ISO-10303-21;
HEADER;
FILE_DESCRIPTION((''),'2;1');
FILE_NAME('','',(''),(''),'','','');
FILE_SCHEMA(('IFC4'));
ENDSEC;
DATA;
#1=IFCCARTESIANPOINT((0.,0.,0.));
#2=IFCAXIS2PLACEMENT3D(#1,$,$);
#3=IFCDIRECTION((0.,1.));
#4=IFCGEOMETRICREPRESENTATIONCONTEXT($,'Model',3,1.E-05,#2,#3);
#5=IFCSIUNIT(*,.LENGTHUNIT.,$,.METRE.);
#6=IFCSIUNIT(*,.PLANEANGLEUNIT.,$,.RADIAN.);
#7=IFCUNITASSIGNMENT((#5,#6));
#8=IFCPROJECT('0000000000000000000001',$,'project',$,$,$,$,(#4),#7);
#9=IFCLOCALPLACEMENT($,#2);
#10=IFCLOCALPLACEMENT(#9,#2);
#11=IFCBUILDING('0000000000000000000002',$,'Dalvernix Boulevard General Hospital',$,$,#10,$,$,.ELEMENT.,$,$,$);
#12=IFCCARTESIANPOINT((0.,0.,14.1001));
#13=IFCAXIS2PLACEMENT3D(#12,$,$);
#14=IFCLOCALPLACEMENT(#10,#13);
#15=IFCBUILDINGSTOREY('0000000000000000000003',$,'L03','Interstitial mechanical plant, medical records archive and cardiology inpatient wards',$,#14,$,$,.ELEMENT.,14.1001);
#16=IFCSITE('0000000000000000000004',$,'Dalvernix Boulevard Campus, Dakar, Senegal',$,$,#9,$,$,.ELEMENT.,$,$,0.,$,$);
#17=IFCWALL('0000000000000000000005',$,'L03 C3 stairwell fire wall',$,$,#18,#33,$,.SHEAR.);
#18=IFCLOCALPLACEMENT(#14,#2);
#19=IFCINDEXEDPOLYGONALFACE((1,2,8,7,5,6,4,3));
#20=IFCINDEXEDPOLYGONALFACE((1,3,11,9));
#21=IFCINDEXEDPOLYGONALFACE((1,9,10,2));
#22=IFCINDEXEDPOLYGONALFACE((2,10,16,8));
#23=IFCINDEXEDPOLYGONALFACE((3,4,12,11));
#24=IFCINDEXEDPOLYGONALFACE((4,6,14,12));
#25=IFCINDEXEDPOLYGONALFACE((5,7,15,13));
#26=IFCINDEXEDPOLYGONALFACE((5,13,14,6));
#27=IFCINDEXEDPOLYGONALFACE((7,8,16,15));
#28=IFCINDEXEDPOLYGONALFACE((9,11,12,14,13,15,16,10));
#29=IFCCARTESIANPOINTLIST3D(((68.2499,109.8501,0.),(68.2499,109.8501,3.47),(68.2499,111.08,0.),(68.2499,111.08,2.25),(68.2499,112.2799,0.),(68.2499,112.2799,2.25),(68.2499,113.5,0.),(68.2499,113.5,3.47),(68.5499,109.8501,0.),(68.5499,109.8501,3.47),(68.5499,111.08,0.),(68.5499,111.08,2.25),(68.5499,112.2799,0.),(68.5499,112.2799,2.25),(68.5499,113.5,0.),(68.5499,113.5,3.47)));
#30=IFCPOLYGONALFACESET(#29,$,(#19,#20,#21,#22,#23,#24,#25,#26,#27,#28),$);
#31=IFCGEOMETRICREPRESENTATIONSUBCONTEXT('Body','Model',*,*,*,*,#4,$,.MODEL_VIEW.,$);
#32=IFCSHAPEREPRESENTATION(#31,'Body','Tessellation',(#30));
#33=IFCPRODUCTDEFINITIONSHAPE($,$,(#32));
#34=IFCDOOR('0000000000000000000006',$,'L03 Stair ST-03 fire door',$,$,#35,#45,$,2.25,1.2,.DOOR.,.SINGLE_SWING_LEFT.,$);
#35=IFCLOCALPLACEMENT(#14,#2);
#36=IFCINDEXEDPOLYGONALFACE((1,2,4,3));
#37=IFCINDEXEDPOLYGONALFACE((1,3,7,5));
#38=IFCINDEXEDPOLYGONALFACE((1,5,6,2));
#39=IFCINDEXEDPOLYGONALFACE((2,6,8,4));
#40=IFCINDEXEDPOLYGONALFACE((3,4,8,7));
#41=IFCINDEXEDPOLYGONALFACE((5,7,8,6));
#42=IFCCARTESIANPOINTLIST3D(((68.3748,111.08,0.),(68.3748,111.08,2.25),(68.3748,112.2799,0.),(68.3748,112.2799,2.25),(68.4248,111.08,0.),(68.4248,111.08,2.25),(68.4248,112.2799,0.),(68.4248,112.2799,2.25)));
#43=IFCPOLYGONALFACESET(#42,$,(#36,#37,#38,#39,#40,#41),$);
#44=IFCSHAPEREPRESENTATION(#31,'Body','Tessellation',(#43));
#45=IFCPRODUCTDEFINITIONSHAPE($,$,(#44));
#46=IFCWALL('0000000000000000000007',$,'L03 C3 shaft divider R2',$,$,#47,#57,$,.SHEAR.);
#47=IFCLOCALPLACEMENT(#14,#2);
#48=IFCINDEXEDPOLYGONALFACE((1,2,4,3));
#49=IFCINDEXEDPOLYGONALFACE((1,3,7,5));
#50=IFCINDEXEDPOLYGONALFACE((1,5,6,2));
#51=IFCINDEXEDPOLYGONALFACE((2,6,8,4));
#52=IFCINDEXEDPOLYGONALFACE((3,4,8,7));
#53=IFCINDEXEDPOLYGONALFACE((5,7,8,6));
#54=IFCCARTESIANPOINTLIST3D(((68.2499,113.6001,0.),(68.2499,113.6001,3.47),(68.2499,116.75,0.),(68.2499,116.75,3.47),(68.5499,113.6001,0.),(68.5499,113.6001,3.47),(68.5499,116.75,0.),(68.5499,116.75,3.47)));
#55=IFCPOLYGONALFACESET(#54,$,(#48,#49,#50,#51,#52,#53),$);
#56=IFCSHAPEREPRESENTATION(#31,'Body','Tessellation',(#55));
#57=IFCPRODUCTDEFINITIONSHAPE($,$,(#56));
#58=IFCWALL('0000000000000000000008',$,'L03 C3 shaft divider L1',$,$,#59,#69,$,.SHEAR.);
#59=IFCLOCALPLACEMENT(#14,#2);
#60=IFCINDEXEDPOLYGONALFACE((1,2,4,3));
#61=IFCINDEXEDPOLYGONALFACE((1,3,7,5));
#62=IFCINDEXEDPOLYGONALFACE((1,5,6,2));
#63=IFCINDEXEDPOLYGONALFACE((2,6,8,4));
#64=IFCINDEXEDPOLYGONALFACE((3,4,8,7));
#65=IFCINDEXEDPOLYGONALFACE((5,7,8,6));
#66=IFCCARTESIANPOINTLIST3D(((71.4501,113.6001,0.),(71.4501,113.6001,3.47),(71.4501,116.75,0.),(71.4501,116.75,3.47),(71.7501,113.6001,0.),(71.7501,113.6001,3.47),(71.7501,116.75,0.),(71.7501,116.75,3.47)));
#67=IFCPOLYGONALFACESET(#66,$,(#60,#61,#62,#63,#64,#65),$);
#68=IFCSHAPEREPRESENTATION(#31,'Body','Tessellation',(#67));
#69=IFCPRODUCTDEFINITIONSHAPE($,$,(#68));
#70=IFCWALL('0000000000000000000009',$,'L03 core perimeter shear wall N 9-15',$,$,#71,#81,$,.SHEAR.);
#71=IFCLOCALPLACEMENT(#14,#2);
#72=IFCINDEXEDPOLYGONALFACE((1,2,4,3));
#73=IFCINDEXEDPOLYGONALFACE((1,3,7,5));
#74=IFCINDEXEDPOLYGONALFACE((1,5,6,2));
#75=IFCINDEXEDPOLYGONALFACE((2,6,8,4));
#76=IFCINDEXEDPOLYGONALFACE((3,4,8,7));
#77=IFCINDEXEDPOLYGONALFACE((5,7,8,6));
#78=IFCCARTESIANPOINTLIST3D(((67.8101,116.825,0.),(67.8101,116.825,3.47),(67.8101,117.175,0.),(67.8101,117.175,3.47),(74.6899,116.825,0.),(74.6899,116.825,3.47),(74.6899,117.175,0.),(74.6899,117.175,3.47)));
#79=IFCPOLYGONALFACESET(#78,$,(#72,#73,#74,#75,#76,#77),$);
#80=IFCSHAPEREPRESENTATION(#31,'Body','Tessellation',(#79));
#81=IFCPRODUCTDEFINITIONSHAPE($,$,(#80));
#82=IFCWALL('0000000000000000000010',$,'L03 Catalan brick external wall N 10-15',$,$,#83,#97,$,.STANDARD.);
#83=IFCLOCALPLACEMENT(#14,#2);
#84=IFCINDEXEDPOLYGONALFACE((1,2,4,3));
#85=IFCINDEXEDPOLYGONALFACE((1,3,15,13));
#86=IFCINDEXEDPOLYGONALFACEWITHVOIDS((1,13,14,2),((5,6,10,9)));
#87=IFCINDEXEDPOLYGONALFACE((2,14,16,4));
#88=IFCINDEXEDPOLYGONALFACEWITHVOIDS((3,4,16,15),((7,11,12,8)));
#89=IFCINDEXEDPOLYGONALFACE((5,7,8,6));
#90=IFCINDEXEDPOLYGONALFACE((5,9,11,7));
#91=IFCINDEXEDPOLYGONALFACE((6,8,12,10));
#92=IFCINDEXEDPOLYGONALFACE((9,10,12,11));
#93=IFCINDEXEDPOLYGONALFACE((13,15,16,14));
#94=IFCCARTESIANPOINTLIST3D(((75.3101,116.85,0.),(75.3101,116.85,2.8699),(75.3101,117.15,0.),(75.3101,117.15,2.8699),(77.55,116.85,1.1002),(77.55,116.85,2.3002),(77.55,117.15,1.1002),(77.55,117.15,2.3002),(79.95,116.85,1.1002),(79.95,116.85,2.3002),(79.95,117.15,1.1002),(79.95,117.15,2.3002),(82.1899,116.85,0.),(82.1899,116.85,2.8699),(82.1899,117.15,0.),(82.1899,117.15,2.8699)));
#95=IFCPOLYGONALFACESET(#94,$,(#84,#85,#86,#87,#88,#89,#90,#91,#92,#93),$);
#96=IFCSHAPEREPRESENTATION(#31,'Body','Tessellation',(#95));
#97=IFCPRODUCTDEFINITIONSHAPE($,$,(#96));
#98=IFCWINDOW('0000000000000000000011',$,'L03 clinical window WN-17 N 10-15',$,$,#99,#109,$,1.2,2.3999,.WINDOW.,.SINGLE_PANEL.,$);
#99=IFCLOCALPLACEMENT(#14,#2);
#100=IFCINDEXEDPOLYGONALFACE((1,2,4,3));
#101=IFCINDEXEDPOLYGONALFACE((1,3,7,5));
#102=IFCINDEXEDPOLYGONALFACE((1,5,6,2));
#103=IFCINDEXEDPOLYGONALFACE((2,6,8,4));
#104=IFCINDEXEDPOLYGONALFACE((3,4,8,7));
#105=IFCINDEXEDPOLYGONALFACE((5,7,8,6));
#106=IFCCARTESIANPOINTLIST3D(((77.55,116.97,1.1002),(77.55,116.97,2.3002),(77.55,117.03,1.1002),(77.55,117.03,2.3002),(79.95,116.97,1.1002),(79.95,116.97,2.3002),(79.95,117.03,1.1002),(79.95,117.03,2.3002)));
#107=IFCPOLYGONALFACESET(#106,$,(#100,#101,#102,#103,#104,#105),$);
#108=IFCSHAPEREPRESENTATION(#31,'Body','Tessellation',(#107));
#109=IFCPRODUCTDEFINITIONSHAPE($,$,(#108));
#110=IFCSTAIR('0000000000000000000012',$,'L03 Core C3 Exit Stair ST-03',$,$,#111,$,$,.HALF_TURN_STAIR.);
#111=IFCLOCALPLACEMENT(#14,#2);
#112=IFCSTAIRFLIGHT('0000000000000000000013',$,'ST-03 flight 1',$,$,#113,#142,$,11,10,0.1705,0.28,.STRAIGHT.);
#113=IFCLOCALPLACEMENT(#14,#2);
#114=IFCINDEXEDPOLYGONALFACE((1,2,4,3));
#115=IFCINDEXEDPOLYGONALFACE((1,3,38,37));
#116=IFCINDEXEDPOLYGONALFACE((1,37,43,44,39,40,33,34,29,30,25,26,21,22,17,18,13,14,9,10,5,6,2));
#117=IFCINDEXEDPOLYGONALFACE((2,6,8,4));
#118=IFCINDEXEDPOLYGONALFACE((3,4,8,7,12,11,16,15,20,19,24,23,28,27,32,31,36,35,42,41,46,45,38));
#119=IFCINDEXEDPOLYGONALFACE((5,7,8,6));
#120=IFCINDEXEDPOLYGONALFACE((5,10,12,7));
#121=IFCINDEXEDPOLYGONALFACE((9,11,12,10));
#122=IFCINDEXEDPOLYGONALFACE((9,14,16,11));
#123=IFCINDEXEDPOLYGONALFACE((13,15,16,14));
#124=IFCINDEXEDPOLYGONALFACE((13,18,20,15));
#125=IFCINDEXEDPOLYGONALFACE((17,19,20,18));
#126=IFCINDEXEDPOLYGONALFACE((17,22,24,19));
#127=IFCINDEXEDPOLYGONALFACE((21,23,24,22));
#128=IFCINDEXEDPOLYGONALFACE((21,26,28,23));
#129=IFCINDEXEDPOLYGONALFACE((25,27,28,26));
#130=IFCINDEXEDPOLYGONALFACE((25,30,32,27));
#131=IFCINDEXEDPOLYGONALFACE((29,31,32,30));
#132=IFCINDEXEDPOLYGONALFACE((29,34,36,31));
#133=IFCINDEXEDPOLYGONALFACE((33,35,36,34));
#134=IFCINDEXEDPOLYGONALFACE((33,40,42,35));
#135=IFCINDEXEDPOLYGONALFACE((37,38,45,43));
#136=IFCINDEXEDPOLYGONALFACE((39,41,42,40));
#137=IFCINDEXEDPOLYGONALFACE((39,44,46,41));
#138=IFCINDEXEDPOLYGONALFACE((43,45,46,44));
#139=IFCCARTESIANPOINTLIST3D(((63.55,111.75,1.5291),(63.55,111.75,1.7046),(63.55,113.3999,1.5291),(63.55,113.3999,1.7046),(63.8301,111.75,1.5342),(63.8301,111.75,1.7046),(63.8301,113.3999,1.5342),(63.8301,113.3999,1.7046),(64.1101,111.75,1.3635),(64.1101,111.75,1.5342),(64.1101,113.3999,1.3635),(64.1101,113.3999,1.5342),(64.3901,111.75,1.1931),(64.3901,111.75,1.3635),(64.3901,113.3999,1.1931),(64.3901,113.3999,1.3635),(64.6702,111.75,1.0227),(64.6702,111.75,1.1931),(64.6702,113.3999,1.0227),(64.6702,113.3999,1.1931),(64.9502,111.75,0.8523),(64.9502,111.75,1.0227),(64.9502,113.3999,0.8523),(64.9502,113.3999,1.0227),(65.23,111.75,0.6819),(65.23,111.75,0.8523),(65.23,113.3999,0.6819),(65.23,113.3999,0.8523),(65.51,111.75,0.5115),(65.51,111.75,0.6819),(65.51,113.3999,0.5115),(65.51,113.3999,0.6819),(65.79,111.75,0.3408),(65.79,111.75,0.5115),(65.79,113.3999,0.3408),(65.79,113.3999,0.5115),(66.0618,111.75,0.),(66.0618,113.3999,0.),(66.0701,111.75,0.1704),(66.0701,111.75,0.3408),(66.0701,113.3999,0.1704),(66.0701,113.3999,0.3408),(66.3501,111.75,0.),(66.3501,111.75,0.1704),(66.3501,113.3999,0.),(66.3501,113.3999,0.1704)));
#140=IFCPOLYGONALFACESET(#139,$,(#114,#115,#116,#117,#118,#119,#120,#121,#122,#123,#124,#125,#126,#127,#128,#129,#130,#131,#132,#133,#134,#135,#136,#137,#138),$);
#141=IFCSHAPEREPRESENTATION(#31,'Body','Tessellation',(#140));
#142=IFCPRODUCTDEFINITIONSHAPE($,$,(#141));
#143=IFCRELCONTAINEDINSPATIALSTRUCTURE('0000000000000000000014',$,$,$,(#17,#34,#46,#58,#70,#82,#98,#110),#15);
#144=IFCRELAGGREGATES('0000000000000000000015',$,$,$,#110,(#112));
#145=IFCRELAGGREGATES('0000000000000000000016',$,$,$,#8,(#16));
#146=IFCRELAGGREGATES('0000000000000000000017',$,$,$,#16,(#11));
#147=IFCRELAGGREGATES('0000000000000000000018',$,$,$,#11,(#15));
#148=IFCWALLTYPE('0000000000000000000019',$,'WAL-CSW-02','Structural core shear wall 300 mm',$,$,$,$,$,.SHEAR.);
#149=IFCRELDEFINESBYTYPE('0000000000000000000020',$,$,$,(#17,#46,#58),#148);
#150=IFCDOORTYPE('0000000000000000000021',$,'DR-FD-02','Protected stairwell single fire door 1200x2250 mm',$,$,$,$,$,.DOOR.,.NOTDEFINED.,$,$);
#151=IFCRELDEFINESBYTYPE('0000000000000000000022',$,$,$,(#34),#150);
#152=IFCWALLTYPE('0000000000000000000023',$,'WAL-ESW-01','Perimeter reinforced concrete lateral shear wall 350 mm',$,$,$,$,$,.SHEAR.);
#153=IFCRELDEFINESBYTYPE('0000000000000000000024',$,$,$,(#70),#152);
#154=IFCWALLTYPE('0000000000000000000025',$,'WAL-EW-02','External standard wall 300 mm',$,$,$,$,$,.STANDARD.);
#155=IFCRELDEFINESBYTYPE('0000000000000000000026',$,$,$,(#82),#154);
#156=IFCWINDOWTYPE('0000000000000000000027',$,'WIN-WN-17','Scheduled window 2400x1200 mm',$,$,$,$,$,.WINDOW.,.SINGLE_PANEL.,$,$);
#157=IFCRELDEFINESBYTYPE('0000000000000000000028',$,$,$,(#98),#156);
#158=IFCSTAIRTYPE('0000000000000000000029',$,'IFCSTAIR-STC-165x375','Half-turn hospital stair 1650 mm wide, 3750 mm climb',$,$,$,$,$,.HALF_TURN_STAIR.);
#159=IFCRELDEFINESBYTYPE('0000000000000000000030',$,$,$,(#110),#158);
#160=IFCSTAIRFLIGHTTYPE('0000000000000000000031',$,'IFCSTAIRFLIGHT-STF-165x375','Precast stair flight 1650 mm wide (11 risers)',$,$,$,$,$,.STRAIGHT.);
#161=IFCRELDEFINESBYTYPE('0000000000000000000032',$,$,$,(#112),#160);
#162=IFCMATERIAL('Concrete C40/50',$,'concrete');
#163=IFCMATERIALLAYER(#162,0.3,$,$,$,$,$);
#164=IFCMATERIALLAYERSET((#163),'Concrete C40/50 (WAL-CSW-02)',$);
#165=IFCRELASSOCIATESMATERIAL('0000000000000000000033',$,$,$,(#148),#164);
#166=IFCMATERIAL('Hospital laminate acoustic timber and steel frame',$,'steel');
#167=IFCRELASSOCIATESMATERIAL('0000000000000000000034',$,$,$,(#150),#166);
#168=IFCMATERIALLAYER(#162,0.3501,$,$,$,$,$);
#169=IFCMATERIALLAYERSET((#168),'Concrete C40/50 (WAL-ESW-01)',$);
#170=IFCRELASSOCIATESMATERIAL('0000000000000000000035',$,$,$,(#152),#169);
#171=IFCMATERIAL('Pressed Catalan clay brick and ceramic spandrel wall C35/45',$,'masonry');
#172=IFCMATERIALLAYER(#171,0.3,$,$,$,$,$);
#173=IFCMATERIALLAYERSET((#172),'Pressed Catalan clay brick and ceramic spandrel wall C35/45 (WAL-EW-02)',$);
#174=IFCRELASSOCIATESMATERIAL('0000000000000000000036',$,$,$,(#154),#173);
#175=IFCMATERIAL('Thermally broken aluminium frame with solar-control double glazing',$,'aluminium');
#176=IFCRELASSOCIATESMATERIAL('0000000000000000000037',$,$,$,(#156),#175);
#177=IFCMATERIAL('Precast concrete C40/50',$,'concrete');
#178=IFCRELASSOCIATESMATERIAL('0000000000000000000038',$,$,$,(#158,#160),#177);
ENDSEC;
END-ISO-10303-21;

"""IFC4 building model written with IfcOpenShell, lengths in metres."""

from ifc_helpers import new_model, si_unit, direction, frame, frame_2d, origin, place, context, subcontext, project, spatial, polyline, rectangle, outline, extrude, material, layer, layer_set, type_object, element, fill, aggregate, save


model = new_model("IFC4")

# Units and contexts
model_context = context("Model", 3, precision=1e-05, world=origin(), true_north=direction((0.0, 1.0)))
body_context = subcontext(model_context, "Body", "Model", "MODEL_VIEW")
ifc_project = project(units=[si_unit("LENGTHUNIT", "METRE"), si_unit("PLANEANGLEUNIT", "RADIAN")], contexts=[model_context])

# Site, building, storey
site_placement = place(None, origin())
site = spatial("IfcSite", under=ifc_project, at=site_placement, Name="Dalvernix Boulevard Campus, Dakar, Senegal", CompositionType="ELEMENT", RefElevation=0.0)
building_placement = place(site_placement, origin())
building = spatial("IfcBuilding", under=site, at=building_placement, Name="Dalvernix Boulevard General Hospital", CompositionType="ELEMENT")
storey_placement = place(building_placement, frame((0.0, 0.0, 14.1001)))
storey = spatial("IfcBuildingStorey", under=building, at=storey_placement, Name="L03", Description="Interstitial mechanical plant, medical records archive and cardiology inpatient wards", CompositionType="ELEMENT", Elevation=14.1001)

# Shared definitions
ifc_material_1 = material(Name="Concrete C40/50", Category="concrete")

# Shared definitions
ifc_material_2 = material(Name="Precast concrete C40/50", Category="concrete")

# Shared definitions
ifc_layer_1 = layer(ifc_material_1, 0.3)
ifc_layer_set_1 = layer_set([ifc_layer_1], Name="Concrete C40/50 (WAL-CSW-02)")
wall_type_1 = type_object("IfcWallType", Name="WAL-CSW-02", Description="Structural core shear wall 300 mm", PredefinedType="SHEAR", material=ifc_layer_set_1)

# Wall, opening, door
wall_1_placement = place(storey_placement, frame((68.3999, 113.5, 0.0), z_axis=(0.0, 0.0, 1.0), x_axis=(0.0, -1.0, 0.0)))
wall_1 = element("IfcWall", 1, at=wall_1_placement, inside=storey, type_object=wall_type_1, Name="L03 C3 stairwell fire wall", PredefinedType="SHEAR", context=body_context, shape_type="SweptSolid", body=[
    extrude(rectangle(XDim=3.6499, YDim=0.3, at=frame_2d((1.825, 0.0))), origin(), (0.0, 0.0, 1.0), 3.47),
])
opening_1_placement = place(wall_1_placement, frame((1.22, 0.0, 0.0)))
opening_1 = element("IfcOpeningElement", 2, at=opening_1_placement, cuts=wall_1, PredefinedType="OPENING", context=body_context, shape_type="SweptSolid", body=[
    extrude(rectangle(XDim=1.2, YDim=2.25, at=frame_2d((0.6001, 1.125))), frame((0.0, 0.1599, 0.0), z_axis=(0.0, -1.0, 0.0), x_axis=(1.0, 0.0, 0.0)), (0.0, 0.0, 1.0), 0.3201),
])
ifc_material_3 = material(Name="Hospital laminate acoustic timber and steel frame", Category="steel")
door_type_1 = type_object("IfcDoorType", Name="DR-FD-02", Description="Protected stairwell single fire door 1200x2250 mm", OperationType="NOTDEFINED", PredefinedType="DOOR", material=ifc_material_3)
door_1_placement = place(opening_1_placement, origin())
door_1 = element("IfcDoor", 3, at=door_1_placement, inside=storey, type_object=door_type_1, Name="L03 Stair ST-03 fire door", OperationType="SINGLE_SWING_LEFT", OverallHeight=2.25, OverallWidth=1.2, PredefinedType="DOOR", context=body_context, shape_type="SweptSolid", body=[
    extrude(rectangle(XDim=1.2, YDim=2.25, at=frame_2d((0.6001, 1.125))), frame((0.0, 0.0249, 0.0), z_axis=(0.0, -1.0, 0.0), x_axis=(1.0, 0.0, 0.0)), (0.0, 0.0, 1.0), 0.05),
])
fill(opening_1, door_1)

# Walls
for number, where, z_axis, x_axis, name in (
    (4, (68.3999, 113.6001, 0.0), (0.0, 0.0, 1.0), (0.0, 1.0, 0.0), "L03 C3 shaft divider R2"),
    (5, (71.6001, 113.6001, 0.0), (0.0, 0.0, 1.0), (0.0, 1.0, 0.0), "L03 C3 shaft divider L1"),
):
    element("IfcWall", number, at=place(storey_placement, frame(where, z_axis=z_axis, x_axis=x_axis)), inside=storey, type_object=wall_type_1, Name=name, PredefinedType="SHEAR", context=body_context, shape_type="SweptSolid", body=[
        extrude(rectangle(XDim=3.1499, YDim=0.3, at=frame_2d((1.575, 0.0))), origin(), (0.0, 0.0, 1.0), 3.47),
    ])
ifc_layer_2 = layer(ifc_material_1, 0.3501)
ifc_layer_set_2 = layer_set([ifc_layer_2], Name="Concrete C40/50 (WAL-ESW-01)")
wall_type_2 = type_object("IfcWallType", Name="WAL-ESW-01", Description="Perimeter reinforced concrete lateral shear wall 350 mm", PredefinedType="SHEAR", material=ifc_layer_set_2)
wall_2_placement = place(storey_placement, frame((67.8101, 117.0, 0.0), z_axis=(0.0, 0.0, 1.0), x_axis=(1.0, 0.0, 0.0)))
element("IfcWall", 6, at=wall_2_placement, inside=storey, type_object=wall_type_2, Name="L03 core perimeter shear wall N 9-15", PredefinedType="SHEAR", context=body_context, shape_type="SweptSolid", body=[
    extrude(rectangle(XDim=6.8799, YDim=0.3501, at=frame_2d((3.4399, 0.0))), origin(), (0.0, 0.0, 1.0), 3.47),
])

# Wall, opening, window
ifc_material_4 = material(Name="Pressed Catalan clay brick and ceramic spandrel wall C35/45", Category="masonry")
ifc_layer_3 = layer(ifc_material_4, 0.3)
ifc_layer_set_3 = layer_set([ifc_layer_3], Name="Pressed Catalan clay brick and ceramic spandrel wall C35/45 (WAL-EW-02)")
wall_type_3 = type_object("IfcWallType", Name="WAL-EW-02", Description="External standard wall 300 mm", PredefinedType="STANDARD", material=ifc_layer_set_3)
wall_3_placement = place(storey_placement, frame((75.3101, 117.0, 0.0), z_axis=(0.0, 0.0, 1.0), x_axis=(1.0, 0.0, 0.0)))
wall_3 = element("IfcWall", 7, at=wall_3_placement, inside=storey, type_object=wall_type_3, Name="L03 Catalan brick external wall N 10-15", PredefinedType="STANDARD", context=body_context, shape_type="SweptSolid", body=[
    extrude(rectangle(XDim=6.8799, YDim=0.3, at=frame_2d((3.4399, 0.0))), origin(), (0.0, 0.0, 1.0), 2.8699),
])
opening_2_placement = place(wall_3_placement, frame((2.24, 0.0, 1.1001)))
opening_2 = element("IfcOpeningElement", 8, at=opening_2_placement, cuts=wall_3, PredefinedType="OPENING", context=body_context, shape_type="SweptSolid", body=[
    extrude(rectangle(XDim=2.3999, YDim=1.2, at=frame_2d((1.2, 0.6001))), frame((0.0, 0.1599, 0.0), z_axis=(0.0, -1.0, 0.0), x_axis=(1.0, 0.0, 0.0)), (0.0, 0.0, 1.0), 0.3201),
])
ifc_material_5 = material(Name="Thermally broken aluminium frame with solar-control double glazing", Category="aluminium")
window_type = type_object("IfcWindowType", Name="WIN-WN-17", Description="Scheduled window 2400x1200 mm", PartitioningType="SINGLE_PANEL", PredefinedType="WINDOW", material=ifc_material_5)
window_placement = place(opening_2_placement, origin())
window = element("IfcWindow", 9, at=window_placement, inside=storey, type_object=window_type, Name="L03 clinical window WN-17 N 10-15", OverallHeight=1.2, OverallWidth=2.3999, PartitioningType="SINGLE_PANEL", PredefinedType="WINDOW", context=body_context, shape_type="SweptSolid", body=[
    extrude(rectangle(XDim=2.3999, YDim=1.2, at=frame_2d((1.2, 0.6001))), frame((0.0, 0.03, 0.0), z_axis=(0.0, -1.0, 0.0), x_axis=(1.0, 0.0, 0.0)), (0.0, 0.0, 1.0), 0.0601),
])
fill(opening_2, window)

# Stair, stair flight
stair_type = type_object("IfcStairType", Name="IFCSTAIR-STC-165x375", Description="Half-turn hospital stair 1650 mm wide, 3750 mm climb", PredefinedType="HALF_TURN_STAIR", material=ifc_material_2)
stair_placement = place(storey_placement, origin())
stair = element("IfcStair", 10, at=stair_placement, inside=storey, type_object=stair_type, Name="L03 Core C3 Exit Stair ST-03", PredefinedType="HALF_TURN_STAIR")
stair_flight_type = type_object("IfcStairFlightType", Name="IFCSTAIRFLIGHT-STF-165x375", Description="Precast stair flight 1650 mm wide (11 risers)", PredefinedType="STRAIGHT", material=ifc_material_2)
stair_flight_placement = place(storey_placement, frame((66.3501, 112.575, 0.0), z_axis=(0.0, 0.0, 1.0), x_axis=(-1.0, 0.0, 0.0)))
stair_flight = element("IfcStairFlight", 11, at=stair_flight_placement, type_object=stair_flight_type, Name="ST-03 flight 1", NumberOfRisers=11, NumberOfTreads=10, PredefinedType="STRAIGHT", RiserHeight=0.1705, TreadLength=0.28, context=body_context, shape_type="SweptSolid", body=[
    extrude(outline(polyline([(0.0, 0.0), (0.0, 0.1704), (0.28, 0.1704), (0.28, 0.3408), (0.5601, 0.3408), (0.5601, 0.5115), (0.8401, 0.5115), (0.8401, 0.6819), (1.1201, 0.6819), (1.1201, 0.8523), (1.3999, 0.8523), (1.3999, 1.0227), (1.6799, 1.0227), (1.6799, 1.1931), (1.96, 1.1931), (1.96, 1.3635), (2.24, 1.3635), (2.24, 1.5342), (2.52, 1.5342), (2.52, 1.7046), (2.8, 1.7046), (2.8, 1.875), (2.8, 1.5291), (0.2883, 0.0), (0.0, 0.0)])), frame((0.0, 0.825, 0.0), z_axis=(0.0, -1.0, 0.0), x_axis=(1.0, 0.0, 0.0)), (0.0, 0.0, 1.0), 1.6499),
])
aggregate(stair, [stair_flight])

save(model, "model.ifc")
